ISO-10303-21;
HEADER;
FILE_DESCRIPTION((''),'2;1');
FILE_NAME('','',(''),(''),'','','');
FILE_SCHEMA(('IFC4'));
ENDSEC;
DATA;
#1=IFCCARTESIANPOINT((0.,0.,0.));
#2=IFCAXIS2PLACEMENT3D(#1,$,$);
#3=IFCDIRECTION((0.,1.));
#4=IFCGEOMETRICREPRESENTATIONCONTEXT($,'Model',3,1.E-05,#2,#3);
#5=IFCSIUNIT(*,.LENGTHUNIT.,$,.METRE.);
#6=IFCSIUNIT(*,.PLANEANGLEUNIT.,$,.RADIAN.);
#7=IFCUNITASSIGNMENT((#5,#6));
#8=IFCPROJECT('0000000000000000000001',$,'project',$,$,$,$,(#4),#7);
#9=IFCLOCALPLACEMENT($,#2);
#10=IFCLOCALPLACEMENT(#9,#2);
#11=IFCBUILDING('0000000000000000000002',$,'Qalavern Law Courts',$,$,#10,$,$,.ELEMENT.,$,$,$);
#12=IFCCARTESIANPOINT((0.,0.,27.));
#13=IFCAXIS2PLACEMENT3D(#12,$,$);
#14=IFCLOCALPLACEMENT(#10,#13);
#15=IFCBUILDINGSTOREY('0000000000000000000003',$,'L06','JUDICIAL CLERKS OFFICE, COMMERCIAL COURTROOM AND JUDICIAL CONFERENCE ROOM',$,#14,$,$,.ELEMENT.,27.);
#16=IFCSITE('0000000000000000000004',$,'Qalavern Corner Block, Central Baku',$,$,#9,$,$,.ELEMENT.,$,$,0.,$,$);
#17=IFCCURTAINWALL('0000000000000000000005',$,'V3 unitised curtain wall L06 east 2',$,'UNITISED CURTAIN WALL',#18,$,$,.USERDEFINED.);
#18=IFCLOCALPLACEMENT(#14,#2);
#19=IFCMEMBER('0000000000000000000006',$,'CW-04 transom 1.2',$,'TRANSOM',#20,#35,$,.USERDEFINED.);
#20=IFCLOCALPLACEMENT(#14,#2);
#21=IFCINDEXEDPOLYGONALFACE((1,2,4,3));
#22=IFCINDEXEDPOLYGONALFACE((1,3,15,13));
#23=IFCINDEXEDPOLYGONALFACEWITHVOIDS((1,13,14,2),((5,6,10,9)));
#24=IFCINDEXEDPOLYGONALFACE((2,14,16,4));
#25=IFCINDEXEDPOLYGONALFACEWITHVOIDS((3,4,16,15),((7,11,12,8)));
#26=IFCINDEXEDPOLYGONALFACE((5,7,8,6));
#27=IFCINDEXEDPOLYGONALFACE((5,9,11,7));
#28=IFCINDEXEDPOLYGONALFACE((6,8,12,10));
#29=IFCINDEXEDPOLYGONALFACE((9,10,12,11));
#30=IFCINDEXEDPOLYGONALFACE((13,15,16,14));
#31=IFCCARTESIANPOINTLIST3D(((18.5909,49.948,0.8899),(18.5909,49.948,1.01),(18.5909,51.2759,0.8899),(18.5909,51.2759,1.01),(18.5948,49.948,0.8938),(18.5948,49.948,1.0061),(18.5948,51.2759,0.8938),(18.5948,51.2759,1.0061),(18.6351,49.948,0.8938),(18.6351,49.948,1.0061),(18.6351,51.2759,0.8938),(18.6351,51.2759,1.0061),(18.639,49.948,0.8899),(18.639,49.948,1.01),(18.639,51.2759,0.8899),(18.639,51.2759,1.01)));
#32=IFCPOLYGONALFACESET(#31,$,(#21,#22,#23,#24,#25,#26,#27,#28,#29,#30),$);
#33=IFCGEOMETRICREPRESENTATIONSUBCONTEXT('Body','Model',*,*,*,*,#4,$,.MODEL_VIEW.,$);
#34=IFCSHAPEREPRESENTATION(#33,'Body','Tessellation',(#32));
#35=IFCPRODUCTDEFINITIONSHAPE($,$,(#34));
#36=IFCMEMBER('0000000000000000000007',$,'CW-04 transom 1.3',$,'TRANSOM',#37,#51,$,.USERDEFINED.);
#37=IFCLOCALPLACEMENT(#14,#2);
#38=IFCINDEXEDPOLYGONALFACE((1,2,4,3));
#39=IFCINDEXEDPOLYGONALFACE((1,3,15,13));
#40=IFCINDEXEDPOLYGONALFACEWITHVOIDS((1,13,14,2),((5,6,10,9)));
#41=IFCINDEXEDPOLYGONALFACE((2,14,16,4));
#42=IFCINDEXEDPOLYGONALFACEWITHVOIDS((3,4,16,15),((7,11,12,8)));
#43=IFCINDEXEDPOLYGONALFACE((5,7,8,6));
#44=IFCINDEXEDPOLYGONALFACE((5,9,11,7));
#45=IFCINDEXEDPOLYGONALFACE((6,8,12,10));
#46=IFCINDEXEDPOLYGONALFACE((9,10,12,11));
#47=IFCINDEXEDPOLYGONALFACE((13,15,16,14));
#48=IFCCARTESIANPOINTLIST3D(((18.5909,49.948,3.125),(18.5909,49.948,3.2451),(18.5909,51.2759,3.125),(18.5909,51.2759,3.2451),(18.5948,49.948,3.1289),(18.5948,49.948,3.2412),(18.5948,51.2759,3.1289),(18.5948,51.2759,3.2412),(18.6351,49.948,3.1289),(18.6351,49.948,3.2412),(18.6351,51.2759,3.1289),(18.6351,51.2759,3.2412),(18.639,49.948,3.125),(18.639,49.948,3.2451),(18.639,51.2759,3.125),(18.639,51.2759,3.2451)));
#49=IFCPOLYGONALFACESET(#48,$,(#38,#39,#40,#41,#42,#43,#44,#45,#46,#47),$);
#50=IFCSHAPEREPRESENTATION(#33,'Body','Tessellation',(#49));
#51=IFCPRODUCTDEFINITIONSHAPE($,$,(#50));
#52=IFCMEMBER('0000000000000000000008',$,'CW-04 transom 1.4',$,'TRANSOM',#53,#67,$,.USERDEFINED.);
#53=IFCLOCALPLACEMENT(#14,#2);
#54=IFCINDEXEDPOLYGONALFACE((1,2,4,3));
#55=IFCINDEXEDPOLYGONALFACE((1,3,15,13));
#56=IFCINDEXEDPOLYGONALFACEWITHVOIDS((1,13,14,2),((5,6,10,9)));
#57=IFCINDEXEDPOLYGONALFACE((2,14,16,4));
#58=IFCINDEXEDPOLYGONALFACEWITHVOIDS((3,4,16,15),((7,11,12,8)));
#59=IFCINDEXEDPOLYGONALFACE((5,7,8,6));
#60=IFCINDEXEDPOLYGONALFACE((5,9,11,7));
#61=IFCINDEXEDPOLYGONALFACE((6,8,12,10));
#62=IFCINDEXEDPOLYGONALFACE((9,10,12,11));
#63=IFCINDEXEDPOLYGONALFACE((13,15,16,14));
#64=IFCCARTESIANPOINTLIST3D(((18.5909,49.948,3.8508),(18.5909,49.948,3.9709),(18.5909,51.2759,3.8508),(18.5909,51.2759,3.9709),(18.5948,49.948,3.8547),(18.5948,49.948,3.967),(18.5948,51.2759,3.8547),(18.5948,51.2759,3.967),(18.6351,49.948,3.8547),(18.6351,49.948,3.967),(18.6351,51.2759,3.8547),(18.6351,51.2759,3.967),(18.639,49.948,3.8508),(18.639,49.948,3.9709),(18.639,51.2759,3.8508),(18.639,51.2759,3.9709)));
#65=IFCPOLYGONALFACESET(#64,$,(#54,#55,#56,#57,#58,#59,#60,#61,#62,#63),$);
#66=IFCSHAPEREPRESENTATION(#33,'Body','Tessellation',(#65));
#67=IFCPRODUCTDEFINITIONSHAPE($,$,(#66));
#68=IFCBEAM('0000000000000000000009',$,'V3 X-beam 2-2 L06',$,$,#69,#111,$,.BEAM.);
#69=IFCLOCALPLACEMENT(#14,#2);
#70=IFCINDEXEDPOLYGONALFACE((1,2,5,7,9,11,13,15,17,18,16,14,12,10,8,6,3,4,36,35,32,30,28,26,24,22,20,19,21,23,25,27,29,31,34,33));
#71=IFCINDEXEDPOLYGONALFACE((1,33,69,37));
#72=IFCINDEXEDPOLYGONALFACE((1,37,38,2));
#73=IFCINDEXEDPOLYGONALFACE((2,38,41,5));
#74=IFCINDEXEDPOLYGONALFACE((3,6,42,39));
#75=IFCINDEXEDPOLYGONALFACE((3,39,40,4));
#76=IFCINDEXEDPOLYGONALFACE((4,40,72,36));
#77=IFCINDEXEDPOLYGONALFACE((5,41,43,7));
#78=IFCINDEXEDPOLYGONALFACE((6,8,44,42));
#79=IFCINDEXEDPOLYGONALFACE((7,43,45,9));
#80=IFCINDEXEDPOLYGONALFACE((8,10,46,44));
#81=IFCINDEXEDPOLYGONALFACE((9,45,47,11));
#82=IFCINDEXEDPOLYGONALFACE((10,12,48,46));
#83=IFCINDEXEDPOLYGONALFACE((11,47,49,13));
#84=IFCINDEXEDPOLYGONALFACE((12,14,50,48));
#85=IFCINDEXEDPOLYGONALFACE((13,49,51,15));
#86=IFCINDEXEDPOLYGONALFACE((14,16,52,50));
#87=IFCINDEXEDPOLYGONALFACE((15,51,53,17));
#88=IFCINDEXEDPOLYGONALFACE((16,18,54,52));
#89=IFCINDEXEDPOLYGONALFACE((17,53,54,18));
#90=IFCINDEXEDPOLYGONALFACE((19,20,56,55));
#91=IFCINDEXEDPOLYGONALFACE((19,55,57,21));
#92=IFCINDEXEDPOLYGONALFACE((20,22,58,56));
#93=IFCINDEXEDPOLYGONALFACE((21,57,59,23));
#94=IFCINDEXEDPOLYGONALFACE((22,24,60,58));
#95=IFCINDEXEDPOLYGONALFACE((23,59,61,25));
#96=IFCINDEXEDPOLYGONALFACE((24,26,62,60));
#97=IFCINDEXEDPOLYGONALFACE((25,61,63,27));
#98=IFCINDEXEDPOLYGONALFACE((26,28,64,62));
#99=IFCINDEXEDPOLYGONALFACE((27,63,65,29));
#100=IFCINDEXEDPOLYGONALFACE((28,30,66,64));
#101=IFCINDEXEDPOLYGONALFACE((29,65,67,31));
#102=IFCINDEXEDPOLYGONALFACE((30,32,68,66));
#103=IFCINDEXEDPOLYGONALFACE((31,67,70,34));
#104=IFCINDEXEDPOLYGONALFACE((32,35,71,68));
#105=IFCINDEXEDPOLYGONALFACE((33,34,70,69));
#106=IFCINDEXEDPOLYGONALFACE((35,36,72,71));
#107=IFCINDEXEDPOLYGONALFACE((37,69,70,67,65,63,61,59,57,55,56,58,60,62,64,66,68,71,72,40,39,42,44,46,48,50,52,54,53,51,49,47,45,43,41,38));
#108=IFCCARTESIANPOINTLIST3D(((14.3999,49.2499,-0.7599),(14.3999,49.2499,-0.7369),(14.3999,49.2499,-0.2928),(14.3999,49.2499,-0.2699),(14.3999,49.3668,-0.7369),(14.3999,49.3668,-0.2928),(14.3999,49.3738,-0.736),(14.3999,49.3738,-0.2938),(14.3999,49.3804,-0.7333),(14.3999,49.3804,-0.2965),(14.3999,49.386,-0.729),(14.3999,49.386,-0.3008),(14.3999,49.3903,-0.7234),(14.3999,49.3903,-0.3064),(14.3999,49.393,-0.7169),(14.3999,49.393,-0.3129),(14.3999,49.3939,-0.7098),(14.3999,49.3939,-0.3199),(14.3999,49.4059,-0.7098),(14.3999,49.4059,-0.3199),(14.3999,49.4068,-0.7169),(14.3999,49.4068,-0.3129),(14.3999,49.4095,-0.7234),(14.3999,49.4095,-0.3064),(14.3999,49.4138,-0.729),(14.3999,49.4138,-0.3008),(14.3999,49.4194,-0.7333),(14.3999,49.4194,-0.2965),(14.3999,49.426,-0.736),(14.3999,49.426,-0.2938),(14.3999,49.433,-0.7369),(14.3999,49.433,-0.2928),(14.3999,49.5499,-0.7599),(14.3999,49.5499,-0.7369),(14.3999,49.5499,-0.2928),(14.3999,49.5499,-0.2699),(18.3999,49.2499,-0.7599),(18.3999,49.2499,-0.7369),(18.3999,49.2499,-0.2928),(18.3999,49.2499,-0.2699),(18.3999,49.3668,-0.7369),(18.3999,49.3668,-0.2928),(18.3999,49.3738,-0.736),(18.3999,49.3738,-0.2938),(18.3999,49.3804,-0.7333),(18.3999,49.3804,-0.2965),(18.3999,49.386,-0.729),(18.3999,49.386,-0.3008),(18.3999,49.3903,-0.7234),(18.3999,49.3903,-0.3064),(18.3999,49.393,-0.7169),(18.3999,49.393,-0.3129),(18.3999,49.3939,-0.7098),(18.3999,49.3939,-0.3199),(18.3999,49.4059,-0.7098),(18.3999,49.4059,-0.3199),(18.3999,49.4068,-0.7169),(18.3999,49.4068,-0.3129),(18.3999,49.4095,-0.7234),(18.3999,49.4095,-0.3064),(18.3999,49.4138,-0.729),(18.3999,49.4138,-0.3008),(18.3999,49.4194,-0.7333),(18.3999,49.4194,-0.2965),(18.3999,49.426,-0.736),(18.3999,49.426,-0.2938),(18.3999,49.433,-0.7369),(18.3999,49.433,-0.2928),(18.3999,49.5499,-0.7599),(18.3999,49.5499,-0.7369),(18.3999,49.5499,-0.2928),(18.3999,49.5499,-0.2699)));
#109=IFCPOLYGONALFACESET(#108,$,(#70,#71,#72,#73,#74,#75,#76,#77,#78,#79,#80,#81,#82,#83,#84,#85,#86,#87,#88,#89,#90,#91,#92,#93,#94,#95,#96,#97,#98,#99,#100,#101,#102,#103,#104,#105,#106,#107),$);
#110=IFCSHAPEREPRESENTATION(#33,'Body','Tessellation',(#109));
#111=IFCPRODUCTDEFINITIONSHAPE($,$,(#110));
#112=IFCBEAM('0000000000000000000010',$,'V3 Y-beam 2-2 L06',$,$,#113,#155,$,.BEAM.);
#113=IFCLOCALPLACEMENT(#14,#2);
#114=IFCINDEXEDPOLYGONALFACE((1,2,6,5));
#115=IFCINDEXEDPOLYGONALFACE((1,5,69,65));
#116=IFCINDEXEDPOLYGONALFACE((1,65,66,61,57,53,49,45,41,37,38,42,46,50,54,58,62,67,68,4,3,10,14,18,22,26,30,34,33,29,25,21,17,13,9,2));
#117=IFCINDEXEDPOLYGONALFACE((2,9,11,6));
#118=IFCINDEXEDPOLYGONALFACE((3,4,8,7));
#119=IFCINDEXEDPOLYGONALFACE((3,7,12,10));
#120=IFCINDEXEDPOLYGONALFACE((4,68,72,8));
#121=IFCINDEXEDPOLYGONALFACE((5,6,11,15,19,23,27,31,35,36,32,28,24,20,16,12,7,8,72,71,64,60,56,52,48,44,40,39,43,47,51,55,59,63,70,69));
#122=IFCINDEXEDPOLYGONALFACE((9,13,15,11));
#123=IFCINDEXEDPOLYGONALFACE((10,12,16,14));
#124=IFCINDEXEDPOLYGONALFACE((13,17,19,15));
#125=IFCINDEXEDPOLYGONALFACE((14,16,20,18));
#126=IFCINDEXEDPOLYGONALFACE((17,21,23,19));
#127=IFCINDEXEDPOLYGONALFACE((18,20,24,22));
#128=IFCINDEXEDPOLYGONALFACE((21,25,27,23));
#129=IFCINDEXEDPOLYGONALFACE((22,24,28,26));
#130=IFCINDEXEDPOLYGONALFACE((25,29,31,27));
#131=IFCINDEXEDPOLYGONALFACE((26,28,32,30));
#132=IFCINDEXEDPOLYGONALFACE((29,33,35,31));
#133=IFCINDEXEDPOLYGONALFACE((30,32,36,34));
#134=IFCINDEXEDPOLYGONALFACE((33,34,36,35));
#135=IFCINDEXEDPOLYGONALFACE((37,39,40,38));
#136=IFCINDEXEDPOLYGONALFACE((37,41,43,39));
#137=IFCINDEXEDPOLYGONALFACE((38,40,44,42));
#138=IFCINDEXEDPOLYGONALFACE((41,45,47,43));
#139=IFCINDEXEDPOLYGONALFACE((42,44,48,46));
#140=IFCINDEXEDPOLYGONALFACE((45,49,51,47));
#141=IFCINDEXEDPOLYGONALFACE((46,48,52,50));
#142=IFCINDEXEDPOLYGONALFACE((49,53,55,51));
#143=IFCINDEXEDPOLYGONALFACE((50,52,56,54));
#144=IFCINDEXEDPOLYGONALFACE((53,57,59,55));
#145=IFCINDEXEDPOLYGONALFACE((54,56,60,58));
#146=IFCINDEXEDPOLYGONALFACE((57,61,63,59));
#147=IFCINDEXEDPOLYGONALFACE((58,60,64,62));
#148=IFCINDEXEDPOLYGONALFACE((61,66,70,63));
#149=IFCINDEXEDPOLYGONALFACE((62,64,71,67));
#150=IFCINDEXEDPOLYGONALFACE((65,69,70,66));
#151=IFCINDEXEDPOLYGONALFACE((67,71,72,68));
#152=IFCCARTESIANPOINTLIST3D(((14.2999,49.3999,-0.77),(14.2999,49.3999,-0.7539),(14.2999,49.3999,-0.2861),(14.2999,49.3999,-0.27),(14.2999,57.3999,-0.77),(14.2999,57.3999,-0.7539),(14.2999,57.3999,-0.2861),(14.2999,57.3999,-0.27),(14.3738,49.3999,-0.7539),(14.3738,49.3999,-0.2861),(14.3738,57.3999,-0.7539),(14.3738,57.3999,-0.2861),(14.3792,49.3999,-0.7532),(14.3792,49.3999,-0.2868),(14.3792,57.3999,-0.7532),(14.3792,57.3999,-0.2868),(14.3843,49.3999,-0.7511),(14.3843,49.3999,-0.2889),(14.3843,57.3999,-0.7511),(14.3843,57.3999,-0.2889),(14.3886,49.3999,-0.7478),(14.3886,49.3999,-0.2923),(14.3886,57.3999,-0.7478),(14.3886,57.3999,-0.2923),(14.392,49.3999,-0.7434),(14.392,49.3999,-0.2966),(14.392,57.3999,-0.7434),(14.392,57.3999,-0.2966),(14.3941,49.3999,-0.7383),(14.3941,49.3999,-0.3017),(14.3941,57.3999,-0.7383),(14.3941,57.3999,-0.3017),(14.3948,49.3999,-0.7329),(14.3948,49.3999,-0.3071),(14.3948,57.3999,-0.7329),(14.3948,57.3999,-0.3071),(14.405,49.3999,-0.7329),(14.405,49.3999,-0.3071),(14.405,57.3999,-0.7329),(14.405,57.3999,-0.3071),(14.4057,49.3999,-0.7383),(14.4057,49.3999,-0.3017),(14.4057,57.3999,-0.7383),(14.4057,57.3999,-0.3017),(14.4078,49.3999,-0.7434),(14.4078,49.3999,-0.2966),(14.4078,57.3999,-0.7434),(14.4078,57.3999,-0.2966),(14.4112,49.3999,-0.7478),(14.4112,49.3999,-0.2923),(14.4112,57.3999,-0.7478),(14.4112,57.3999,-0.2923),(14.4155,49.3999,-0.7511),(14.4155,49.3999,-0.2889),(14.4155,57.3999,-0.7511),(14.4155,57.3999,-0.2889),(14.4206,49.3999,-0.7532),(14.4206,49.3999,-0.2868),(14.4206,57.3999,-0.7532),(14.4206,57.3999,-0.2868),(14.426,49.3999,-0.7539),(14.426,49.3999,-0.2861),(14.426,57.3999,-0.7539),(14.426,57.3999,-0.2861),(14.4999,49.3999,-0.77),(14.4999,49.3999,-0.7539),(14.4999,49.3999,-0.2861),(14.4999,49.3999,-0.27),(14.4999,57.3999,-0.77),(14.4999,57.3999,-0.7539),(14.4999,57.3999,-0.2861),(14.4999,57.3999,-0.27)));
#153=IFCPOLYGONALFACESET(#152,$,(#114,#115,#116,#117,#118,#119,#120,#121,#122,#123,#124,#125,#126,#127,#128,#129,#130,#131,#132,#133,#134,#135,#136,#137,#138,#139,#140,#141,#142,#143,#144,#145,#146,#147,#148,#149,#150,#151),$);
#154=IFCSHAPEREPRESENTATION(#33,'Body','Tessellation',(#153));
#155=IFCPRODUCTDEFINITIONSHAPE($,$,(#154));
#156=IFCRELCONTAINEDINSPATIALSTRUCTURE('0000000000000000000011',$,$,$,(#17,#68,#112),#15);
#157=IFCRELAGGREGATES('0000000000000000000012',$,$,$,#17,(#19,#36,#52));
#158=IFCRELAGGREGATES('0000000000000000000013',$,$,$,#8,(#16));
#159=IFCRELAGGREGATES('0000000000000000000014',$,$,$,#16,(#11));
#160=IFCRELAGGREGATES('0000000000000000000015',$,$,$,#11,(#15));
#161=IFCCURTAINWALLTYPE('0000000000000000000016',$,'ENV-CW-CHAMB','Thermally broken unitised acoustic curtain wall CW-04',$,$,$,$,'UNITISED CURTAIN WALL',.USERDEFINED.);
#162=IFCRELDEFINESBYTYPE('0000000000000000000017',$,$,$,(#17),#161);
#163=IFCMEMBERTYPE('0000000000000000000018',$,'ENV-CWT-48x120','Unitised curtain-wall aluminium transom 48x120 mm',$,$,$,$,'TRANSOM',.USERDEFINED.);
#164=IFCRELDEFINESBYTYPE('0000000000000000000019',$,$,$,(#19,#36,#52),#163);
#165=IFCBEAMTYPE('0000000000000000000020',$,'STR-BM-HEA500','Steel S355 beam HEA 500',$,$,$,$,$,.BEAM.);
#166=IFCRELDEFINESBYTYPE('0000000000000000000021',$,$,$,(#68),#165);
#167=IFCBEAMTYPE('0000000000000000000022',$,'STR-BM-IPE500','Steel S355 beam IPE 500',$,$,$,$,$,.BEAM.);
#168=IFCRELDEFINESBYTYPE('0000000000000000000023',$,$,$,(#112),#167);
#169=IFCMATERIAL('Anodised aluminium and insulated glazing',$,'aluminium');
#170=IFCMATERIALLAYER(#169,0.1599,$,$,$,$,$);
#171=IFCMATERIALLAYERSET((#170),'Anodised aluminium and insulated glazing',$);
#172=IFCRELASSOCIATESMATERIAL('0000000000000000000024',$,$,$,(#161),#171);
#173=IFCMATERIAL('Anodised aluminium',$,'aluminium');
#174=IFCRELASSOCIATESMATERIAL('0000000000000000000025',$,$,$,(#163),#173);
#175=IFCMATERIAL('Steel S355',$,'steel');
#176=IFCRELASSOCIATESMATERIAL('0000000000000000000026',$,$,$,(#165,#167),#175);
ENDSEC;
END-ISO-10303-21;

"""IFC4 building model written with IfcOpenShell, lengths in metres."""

from ifc_helpers import new_model, si_unit, direction, frame, origin, origin_2d, place, context, subcontext, project, spatial, hollow_rectangle, i_section, extrude, material, layer, layer_set, material_profile, profile_set, type_object, element, aggregate, save


model = new_model("IFC4")

# Units and contexts
model_context = context("Model", 3, precision=1e-05, world=origin(), true_north=direction((0.0, 1.0)))
body_context = subcontext(model_context, "Body", "Model", "MODEL_VIEW")
ifc_project = project(units=[si_unit("LENGTHUNIT", "METRE"), si_unit("PLANEANGLEUNIT", "RADIAN")], contexts=[model_context])

# Site, building, storey
site_placement = place(None, origin())
site = spatial("IfcSite", under=ifc_project, at=site_placement, Name="Qalavern Corner Block, Central Baku", CompositionType="ELEMENT", RefElevation=0.0)
building_placement = place(site_placement, origin())
building = spatial("IfcBuilding", under=site, at=building_placement, Name="Qalavern Law Courts", CompositionType="ELEMENT")
storey_placement = place(building_placement, frame((0.0, 0.0, 27.0)))
storey = spatial("IfcBuildingStorey", under=building, at=storey_placement, Name="L06", Description="JUDICIAL CLERKS OFFICE, COMMERCIAL COURTROOM AND JUDICIAL CONFERENCE ROOM", CompositionType="ELEMENT", Elevation=27.0)

# Shared definitions
ifc_material_1 = material(Name="Anodised aluminium and insulated glazing", Category="aluminium")
ifc_layer_1 = layer(ifc_material_1, 0.1599)
ifc_layer_set_1 = layer_set([ifc_layer_1], Name="Anodised aluminium and insulated glazing")
curtain_wall_type = type_object("IfcCurtainWallType", Name="ENV-CW-CHAMB", Description="Thermally broken unitised acoustic curtain wall CW-04", ElementType="UNITISED CURTAIN WALL", PredefinedType="USERDEFINED", material=ifc_layer_set_1)
ifc_material_2 = material(Name="Anodised aluminium", Category="aluminium")

# Curtain wall
curtain_wall_1_placement = place(storey_placement, origin())
curtain_wall_1 = element("IfcCurtainWall", 1, at=curtain_wall_1_placement, inside=storey, type_object=curtain_wall_type, Name="V3 unitised curtain wall L06 east 2", ObjectType="UNITISED CURTAIN WALL", PredefinedType="USERDEFINED")

# Members
ifc_material_profile_1 = material_profile(ifc_material_2, hollow_rectangle(XDim=0.0481, YDim=0.1201, WallThickness=0.0039, at=origin_2d()), Name="ALU TRANSOM 48x120")
ifc_profile_set_1 = profile_set([ifc_material_profile_1], Name="Anodised aluminium")
member_type_1 = type_object("IfcMemberType", Name="ENV-CWT-48x120", Description="Unitised curtain-wall aluminium transom 48x120 mm", ElementType="TRANSOM", PredefinedType="USERDEFINED", material=ifc_profile_set_1)
member_1_placement = place(storey_placement, frame((18.615, 49.948, 0.95), z_axis=(0.0, 1.0, 0.0), x_axis=(-1.0, 0.0, 0.0)))
member_1 = element("IfcMember", 2, at=member_1_placement, type_object=member_type_1, Name="CW-04 transom 1.2", ObjectType="TRANSOM", PredefinedType="USERDEFINED", context=body_context, shape_type="SweptSolid", body=[
    extrude(hollow_rectangle(XDim=0.0481, YDim=0.1201, WallThickness=0.0039, at=origin_2d()), origin(), (0.0, 0.0, 1.0), 1.3279),
])
member_2_placement = place(storey_placement, frame((18.615, 49.948, 3.1851), z_axis=(0.0, 1.0, 0.0), x_axis=(-1.0, 0.0, 0.0)))
member_2 = element("IfcMember", 3, at=member_2_placement, type_object=member_type_1, Name="CW-04 transom 1.3", ObjectType="TRANSOM", PredefinedType="USERDEFINED", context=body_context, shape_type="SweptSolid", body=[
    extrude(hollow_rectangle(XDim=0.0481, YDim=0.1201, WallThickness=0.0039, at=origin_2d()), origin(), (0.0, 0.0, 1.0), 1.3279),
])
member_3_placement = place(storey_placement, frame((18.615, 49.948, 3.9109), z_axis=(0.0, 1.0, 0.0), x_axis=(-1.0, 0.0, 0.0)))
member_3 = element("IfcMember", 4, at=member_3_placement, type_object=member_type_1, Name="CW-04 transom 1.4", ObjectType="TRANSOM", PredefinedType="USERDEFINED", context=body_context, shape_type="SweptSolid", body=[
    extrude(hollow_rectangle(XDim=0.0481, YDim=0.1201, WallThickness=0.0039, at=origin_2d()), origin(), (0.0, 0.0, 1.0), 1.3279),
])

# Beams
ifc_material_3 = material(Name="Steel S355", Category="steel")
ifc_material_profile_2 = material_profile(ifc_material_3, i_section(OverallWidth=0.3, OverallDepth=0.49, WebThickness=0.012, FlangeThickness=0.0229, FilletRadius=0.0271, at=origin_2d()), Name="HEA 500")
ifc_profile_set_2 = profile_set([ifc_material_profile_2], Name="Steel S355")
beam_type_1 = type_object("IfcBeamType", Name="STR-BM-HEA500", Description="Steel S355 beam HEA 500", PredefinedType="BEAM", material=ifc_profile_set_2)
beam_1_placement = place(storey_placement, frame((14.3999, 49.3999, -0.5149), z_axis=(1.0, 0.0, 0.0), x_axis=(0.0, 1.0, 0.0)))
element("IfcBeam", 5, at=beam_1_placement, inside=storey, type_object=beam_type_1, Name="V3 X-beam 2-2 L06", PredefinedType="BEAM", context=body_context, shape_type="SweptSolid", body=[
    extrude(i_section(OverallWidth=0.3, OverallDepth=0.49, WebThickness=0.012, FlangeThickness=0.0229, FilletRadius=0.0271, at=origin_2d()), origin(), (0.0, 0.0, 1.0), 4.0),
])
ifc_material_profile_3 = material_profile(ifc_material_3, i_section(OverallWidth=0.2, OverallDepth=0.5, WebThickness=0.0103, FlangeThickness=0.0161, FilletRadius=0.021, at=origin_2d()), Name="IPE 500")
ifc_profile_set_3 = profile_set([ifc_material_profile_3], Name="Steel S355")
beam_type_2 = type_object("IfcBeamType", Name="STR-BM-IPE500", Description="Steel S355 beam IPE 500", PredefinedType="BEAM", material=ifc_profile_set_3)
beam_2_placement = place(storey_placement, frame((14.3999, 49.3999, -0.52), z_axis=(0.0, 1.0, 0.0), x_axis=(-1.0, 0.0, 0.0)))
element("IfcBeam", 6, at=beam_2_placement, inside=storey, type_object=beam_type_2, Name="V3 Y-beam 2-2 L06", PredefinedType="BEAM", context=body_context, shape_type="SweptSolid", body=[
    extrude(i_section(OverallWidth=0.2, OverallDepth=0.5, WebThickness=0.0103, FlangeThickness=0.0161, FilletRadius=0.021, at=origin_2d()), origin(), (0.0, 0.0, 1.0), 8.0),
])

aggregate(curtain_wall_1, [member_1, member_2, member_3])

save(model, "model.ifc")
